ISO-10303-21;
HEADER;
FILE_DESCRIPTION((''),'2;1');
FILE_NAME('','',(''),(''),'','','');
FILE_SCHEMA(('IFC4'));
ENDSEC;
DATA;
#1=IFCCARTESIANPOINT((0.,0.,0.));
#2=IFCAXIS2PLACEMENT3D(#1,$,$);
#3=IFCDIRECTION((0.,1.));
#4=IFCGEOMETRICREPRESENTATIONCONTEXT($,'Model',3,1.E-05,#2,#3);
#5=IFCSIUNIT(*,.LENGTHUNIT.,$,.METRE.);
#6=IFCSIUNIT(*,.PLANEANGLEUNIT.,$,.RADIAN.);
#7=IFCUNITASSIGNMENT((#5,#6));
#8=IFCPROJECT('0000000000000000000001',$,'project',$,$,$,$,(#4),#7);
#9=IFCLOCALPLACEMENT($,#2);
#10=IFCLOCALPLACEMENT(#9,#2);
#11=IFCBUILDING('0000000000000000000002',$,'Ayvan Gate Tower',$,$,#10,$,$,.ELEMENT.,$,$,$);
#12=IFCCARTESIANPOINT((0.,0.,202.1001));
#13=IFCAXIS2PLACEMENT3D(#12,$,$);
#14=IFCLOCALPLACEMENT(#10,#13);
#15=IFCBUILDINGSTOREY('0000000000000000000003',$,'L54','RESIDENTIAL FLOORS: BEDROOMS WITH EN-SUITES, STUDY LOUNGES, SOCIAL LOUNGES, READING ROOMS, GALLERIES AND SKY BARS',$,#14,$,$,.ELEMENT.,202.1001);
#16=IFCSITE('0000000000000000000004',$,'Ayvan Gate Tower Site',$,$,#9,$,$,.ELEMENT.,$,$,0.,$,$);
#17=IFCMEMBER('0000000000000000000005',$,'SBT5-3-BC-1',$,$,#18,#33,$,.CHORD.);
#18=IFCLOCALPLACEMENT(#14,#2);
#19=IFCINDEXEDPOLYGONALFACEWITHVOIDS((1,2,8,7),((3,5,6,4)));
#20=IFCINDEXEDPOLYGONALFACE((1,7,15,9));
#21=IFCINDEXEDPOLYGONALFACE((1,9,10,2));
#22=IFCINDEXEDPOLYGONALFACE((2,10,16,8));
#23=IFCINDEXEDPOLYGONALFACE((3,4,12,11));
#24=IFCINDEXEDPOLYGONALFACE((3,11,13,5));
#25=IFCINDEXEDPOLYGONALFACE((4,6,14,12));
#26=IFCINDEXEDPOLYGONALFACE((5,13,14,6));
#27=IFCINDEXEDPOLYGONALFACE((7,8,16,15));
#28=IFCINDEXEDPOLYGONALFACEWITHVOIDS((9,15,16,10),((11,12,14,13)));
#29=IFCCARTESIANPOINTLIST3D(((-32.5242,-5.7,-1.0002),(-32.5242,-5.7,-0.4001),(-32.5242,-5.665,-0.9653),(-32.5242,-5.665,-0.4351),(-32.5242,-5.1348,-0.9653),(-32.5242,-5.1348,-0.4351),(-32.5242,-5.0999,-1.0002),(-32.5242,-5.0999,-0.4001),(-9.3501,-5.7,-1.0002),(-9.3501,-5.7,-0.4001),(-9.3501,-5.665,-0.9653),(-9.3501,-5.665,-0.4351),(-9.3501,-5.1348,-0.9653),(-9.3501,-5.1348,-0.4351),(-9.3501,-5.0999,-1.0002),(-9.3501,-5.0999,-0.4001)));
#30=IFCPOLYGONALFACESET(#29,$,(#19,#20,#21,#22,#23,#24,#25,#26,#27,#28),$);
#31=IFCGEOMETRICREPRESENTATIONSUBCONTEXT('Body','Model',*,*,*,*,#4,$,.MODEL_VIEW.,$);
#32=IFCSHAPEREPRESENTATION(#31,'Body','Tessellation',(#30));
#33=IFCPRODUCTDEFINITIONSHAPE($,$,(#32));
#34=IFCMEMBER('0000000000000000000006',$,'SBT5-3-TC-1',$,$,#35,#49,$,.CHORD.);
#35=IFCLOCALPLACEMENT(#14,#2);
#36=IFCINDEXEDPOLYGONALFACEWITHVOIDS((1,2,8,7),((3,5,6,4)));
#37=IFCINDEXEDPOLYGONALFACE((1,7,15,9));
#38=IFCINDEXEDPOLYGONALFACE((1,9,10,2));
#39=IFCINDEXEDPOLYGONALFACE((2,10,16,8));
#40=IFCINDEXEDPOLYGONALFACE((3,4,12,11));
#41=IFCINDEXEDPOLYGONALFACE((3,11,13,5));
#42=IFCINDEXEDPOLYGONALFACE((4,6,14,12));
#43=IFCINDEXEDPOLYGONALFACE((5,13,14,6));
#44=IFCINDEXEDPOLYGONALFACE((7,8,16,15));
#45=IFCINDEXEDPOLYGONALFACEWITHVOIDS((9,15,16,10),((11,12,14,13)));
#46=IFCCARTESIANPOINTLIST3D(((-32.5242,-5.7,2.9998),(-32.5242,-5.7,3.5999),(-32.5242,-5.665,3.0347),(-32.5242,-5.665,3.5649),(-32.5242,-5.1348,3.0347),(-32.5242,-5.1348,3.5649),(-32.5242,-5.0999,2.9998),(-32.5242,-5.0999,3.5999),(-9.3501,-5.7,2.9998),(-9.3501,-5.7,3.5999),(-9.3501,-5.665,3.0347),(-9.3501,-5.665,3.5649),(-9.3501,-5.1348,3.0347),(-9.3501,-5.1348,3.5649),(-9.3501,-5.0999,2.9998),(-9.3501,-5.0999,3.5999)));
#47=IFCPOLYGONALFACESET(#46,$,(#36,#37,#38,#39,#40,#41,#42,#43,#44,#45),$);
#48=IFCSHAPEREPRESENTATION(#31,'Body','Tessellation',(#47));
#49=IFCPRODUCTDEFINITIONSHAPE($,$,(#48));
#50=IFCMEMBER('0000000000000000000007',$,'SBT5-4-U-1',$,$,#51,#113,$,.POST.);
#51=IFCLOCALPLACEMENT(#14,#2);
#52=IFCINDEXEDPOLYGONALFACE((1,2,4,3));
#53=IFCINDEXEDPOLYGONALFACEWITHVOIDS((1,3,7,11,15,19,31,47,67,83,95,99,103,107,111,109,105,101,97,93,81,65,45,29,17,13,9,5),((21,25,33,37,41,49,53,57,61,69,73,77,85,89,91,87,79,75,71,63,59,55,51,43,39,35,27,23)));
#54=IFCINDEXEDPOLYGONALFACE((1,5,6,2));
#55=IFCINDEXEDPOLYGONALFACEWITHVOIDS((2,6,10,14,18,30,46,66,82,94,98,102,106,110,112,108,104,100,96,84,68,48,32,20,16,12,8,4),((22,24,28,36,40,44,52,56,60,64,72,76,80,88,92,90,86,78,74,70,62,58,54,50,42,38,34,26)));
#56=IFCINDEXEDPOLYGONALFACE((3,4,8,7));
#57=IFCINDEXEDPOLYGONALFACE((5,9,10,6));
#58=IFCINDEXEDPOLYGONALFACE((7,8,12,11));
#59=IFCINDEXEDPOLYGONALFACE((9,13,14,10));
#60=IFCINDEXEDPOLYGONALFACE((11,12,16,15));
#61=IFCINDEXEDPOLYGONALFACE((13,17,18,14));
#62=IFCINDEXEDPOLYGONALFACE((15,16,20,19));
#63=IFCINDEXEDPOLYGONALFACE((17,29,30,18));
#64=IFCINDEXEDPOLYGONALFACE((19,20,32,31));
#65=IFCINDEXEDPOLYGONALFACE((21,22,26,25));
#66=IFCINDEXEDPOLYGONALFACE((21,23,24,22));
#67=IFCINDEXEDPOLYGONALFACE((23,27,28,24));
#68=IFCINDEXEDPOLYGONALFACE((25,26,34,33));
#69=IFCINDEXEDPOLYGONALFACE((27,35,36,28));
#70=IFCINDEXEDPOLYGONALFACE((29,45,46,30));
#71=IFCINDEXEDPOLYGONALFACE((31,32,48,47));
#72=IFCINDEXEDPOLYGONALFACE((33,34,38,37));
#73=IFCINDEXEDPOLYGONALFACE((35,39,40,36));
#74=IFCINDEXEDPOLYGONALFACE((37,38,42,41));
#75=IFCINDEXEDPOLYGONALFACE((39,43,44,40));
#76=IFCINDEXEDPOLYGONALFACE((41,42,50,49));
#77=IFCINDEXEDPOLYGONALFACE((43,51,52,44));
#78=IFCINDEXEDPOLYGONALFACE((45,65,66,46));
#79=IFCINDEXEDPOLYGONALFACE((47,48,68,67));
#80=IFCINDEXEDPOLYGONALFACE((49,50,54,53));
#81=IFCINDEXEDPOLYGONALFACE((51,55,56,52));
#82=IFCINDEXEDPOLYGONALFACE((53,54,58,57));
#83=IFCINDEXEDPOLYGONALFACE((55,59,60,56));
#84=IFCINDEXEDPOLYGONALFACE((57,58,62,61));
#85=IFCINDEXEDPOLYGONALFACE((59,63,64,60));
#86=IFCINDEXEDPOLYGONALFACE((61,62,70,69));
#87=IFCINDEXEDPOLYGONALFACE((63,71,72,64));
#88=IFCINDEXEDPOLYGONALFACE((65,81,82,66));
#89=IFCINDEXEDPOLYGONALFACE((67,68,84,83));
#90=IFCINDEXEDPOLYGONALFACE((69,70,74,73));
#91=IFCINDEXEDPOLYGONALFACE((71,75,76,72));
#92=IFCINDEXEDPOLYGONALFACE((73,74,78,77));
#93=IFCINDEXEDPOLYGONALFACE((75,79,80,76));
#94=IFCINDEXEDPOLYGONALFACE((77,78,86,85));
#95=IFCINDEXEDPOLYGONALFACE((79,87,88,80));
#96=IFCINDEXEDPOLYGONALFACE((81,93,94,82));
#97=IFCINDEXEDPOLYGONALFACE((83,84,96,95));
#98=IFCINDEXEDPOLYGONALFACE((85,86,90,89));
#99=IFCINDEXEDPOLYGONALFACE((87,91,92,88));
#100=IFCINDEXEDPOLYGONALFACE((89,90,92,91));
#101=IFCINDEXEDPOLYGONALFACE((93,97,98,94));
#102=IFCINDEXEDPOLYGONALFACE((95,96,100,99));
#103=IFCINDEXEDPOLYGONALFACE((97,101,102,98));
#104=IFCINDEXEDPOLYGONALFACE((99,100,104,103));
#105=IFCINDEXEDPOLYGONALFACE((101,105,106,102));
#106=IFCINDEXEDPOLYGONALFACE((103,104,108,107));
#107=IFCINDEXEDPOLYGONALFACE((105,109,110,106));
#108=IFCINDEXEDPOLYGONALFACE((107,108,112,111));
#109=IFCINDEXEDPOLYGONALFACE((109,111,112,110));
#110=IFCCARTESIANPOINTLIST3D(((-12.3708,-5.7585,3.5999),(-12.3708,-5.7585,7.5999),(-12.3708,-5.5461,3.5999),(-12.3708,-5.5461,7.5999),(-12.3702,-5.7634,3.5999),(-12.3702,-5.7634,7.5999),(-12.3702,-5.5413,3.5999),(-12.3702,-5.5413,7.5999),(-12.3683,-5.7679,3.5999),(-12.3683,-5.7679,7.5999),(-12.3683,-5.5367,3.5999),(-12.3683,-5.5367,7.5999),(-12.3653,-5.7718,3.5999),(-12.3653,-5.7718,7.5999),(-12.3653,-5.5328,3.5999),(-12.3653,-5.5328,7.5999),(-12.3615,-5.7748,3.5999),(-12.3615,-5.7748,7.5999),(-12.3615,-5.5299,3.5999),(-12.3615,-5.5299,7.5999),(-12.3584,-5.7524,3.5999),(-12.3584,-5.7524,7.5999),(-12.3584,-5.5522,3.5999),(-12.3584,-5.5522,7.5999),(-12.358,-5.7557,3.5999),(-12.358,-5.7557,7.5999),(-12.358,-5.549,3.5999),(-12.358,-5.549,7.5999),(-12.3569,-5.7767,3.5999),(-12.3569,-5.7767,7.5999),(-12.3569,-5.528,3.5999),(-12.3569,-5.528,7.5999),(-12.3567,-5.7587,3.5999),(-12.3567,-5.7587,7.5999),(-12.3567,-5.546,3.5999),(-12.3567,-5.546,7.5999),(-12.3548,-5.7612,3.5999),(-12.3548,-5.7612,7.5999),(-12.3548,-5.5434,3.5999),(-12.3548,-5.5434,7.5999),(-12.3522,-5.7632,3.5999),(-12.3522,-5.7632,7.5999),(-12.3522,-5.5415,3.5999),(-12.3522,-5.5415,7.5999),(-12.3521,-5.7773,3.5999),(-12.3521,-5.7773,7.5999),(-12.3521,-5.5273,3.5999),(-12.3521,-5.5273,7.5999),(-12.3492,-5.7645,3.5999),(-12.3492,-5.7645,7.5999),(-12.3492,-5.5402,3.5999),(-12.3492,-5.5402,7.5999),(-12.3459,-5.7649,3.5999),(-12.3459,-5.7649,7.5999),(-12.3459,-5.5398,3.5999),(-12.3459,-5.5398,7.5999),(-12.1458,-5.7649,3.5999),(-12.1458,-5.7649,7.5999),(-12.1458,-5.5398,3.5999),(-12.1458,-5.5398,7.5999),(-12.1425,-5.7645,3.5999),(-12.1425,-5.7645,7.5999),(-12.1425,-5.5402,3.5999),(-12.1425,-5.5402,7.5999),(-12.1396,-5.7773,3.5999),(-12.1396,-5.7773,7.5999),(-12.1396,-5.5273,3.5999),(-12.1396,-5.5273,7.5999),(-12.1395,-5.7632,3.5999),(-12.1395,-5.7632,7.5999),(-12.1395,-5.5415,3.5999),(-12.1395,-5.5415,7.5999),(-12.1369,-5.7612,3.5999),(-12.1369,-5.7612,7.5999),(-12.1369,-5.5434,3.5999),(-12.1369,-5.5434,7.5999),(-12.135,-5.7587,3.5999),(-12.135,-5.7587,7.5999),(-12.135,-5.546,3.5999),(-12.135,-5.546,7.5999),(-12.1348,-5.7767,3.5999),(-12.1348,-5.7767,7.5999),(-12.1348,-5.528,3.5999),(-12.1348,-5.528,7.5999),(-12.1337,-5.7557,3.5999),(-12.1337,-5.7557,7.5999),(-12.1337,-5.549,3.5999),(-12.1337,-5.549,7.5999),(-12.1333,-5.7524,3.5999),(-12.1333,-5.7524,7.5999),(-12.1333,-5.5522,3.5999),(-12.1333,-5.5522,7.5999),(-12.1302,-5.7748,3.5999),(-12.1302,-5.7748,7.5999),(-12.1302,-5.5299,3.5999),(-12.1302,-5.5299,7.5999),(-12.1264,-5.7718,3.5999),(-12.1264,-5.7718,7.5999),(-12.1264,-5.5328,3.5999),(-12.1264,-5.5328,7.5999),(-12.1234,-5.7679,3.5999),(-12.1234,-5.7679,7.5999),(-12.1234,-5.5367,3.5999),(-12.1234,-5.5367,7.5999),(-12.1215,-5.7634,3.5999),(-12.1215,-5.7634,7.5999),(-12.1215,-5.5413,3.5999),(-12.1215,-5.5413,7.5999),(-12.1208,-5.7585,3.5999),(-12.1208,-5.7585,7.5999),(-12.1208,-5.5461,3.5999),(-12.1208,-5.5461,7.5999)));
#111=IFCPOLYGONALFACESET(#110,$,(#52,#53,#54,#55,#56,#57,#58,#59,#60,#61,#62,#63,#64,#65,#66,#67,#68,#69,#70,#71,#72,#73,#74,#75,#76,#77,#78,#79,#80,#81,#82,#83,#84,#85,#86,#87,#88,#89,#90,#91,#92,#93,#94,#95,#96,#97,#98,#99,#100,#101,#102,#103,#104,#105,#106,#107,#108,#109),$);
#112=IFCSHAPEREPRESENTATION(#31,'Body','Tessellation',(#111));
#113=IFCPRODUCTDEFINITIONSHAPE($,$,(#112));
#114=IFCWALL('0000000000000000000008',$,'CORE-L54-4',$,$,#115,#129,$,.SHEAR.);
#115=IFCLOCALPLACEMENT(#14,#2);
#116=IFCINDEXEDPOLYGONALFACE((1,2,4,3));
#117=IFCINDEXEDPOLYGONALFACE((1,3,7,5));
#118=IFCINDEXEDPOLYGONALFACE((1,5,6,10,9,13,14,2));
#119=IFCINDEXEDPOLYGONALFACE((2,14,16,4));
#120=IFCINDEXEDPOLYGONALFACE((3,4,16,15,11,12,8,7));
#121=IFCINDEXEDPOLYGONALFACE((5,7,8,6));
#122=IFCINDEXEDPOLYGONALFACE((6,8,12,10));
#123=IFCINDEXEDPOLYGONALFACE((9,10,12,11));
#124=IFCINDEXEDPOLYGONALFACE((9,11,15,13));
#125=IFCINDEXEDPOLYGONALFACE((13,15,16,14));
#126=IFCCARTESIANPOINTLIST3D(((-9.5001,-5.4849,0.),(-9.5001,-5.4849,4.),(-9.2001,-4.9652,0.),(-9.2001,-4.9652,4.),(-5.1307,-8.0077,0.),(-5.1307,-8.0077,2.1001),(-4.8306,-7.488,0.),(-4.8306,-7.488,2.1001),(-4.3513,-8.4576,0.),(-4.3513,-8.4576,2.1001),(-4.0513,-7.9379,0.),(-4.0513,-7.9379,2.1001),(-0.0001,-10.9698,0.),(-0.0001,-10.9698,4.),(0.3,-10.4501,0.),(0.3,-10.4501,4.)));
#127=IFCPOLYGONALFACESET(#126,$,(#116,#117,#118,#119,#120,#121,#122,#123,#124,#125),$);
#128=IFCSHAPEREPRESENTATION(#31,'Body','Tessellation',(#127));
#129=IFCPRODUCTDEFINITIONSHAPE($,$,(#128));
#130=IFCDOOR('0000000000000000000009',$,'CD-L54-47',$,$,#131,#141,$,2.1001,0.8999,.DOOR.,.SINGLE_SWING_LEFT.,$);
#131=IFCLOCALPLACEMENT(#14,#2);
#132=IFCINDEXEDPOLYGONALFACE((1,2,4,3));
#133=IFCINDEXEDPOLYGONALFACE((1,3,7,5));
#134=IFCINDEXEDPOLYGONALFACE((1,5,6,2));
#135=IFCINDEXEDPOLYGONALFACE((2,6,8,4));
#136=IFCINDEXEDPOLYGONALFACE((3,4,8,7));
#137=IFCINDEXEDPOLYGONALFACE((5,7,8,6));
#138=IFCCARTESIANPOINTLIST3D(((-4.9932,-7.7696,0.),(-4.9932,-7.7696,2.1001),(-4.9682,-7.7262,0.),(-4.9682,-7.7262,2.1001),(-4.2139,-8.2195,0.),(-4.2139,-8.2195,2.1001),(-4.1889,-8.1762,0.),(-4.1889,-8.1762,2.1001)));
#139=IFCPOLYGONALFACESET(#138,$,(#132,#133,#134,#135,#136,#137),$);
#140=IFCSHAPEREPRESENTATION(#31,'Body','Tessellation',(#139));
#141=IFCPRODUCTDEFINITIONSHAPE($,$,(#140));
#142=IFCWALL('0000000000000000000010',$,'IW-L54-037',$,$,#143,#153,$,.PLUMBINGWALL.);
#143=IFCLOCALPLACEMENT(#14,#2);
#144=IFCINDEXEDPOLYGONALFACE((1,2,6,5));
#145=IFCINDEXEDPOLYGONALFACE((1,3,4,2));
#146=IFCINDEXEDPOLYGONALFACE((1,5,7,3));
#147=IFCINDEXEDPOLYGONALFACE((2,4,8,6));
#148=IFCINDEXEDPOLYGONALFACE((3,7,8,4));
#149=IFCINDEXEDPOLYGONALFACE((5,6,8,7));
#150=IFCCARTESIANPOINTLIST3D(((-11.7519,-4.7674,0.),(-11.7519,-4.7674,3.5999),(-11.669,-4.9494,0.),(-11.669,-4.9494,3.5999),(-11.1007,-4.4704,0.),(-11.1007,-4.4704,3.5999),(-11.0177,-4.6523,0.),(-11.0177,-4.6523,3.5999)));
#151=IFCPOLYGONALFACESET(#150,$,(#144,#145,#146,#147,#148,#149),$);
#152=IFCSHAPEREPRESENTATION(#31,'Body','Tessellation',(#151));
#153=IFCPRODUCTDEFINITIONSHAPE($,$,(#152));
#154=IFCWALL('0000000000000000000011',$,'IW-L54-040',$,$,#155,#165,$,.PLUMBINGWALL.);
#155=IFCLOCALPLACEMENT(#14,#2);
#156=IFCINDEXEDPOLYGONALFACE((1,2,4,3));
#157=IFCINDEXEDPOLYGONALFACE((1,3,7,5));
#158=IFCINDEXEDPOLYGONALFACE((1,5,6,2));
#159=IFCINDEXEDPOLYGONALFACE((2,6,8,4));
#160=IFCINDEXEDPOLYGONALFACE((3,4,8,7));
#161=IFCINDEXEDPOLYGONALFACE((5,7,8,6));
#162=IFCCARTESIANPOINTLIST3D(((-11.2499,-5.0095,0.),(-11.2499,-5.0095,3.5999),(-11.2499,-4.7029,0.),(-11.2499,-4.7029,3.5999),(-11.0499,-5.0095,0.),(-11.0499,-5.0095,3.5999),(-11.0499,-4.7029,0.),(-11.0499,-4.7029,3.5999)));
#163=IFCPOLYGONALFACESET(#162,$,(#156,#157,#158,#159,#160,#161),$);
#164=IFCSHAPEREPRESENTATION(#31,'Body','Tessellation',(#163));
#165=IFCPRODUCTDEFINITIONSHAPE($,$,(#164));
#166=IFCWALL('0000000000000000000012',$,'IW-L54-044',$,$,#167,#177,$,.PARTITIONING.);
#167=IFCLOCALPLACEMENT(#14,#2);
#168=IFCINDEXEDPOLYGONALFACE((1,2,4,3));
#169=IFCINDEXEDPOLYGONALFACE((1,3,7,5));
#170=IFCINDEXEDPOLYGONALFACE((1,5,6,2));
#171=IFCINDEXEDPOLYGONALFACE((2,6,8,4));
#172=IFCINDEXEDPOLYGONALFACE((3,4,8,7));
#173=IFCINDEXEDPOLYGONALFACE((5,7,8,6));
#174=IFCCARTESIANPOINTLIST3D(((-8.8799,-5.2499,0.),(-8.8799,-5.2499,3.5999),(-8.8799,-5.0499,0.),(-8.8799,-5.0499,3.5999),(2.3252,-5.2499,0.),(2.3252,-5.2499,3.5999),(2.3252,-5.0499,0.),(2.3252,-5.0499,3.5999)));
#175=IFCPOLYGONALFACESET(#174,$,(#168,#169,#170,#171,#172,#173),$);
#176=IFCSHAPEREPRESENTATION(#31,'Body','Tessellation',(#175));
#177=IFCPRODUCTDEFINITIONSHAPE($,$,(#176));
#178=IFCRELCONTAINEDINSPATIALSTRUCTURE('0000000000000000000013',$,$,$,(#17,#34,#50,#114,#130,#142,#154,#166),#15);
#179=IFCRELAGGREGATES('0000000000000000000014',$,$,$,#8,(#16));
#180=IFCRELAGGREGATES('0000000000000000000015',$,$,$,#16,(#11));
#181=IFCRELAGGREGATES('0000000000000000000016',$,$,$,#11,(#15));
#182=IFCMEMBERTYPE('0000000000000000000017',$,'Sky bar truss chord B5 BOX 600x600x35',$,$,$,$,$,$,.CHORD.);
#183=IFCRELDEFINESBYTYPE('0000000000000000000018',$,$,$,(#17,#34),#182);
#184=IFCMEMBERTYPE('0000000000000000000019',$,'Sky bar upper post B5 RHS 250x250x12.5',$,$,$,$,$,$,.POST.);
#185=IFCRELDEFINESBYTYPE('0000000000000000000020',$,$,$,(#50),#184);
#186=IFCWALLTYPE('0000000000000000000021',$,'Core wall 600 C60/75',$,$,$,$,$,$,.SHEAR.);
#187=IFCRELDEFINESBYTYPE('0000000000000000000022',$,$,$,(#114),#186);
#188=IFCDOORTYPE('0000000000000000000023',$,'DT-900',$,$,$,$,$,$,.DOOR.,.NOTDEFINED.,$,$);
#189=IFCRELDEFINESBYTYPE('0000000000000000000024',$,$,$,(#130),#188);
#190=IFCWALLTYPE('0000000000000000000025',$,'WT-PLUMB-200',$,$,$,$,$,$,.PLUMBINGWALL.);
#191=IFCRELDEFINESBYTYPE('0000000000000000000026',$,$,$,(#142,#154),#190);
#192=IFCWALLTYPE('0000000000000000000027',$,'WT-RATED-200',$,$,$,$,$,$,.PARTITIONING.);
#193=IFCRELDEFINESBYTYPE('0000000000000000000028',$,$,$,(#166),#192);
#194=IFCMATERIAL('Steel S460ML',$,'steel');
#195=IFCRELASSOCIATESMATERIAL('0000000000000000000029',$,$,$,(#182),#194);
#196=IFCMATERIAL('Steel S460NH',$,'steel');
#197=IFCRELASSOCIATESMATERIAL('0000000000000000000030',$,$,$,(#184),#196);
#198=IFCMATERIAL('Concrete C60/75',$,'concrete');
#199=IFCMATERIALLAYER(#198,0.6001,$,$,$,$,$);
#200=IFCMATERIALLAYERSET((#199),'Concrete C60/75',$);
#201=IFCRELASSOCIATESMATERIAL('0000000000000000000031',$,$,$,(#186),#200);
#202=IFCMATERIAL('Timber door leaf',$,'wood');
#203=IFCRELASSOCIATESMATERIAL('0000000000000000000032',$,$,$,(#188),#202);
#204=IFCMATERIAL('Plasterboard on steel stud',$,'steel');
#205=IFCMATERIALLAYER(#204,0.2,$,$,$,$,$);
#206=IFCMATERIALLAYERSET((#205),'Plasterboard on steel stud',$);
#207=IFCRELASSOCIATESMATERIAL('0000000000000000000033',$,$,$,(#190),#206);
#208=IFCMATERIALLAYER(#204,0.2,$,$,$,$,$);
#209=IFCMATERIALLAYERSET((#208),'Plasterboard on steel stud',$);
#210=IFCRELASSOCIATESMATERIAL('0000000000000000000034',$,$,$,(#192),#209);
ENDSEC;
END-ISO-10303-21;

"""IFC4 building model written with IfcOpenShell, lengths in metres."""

from ifc_helpers import new_model, si_unit, direction, frame, frame_2d, origin, origin_2d, place, context, subcontext, project, spatial, rectangle, hollow_rectangle, extrude, material, layer, layer_set, material_profile, profile_set, type_object, element, fill, save


model = new_model("IFC4")

# Units and contexts
model_context = context("Model", 3, precision=1e-05, world=origin(), true_north=direction((0.0, 1.0)))
body_context = subcontext(model_context, "Body", "Model", "MODEL_VIEW")
ifc_project = project(units=[si_unit("LENGTHUNIT", "METRE"), si_unit("PLANEANGLEUNIT", "RADIAN")], contexts=[model_context])

# Site, building, storey
site_placement = place(None, origin())
site = spatial("IfcSite", under=ifc_project, at=site_placement, Name="Ayvan Gate Tower Site", CompositionType="ELEMENT", RefElevation=0.0)
building_placement = place(site_placement, origin())
building = spatial("IfcBuilding", under=site, at=building_placement, Name="Ayvan Gate Tower", CompositionType="ELEMENT")
storey_placement = place(building_placement, frame((0.0, 0.0, 202.1001)))
storey = spatial("IfcBuildingStorey", under=building, at=storey_placement, Name="L54", Description="RESIDENTIAL FLOORS: BEDROOMS WITH EN-SUITES, STUDY LOUNGES, SOCIAL LOUNGES, READING ROOMS, GALLERIES AND SKY BARS", CompositionType="ELEMENT", Elevation=202.1001)

# Members
ifc_material_1 = material(Name="Steel S460ML", Category="steel")
ifc_material_profile_1 = material_profile(ifc_material_1, hollow_rectangle(XDim=0.6001, YDim=0.6001, WallThickness=0.0349, at=origin_2d()), Name="BOX 600x600x35")
ifc_profile_set_1 = profile_set([ifc_material_profile_1], Name="Steel S460ML")
member_type_1 = type_object("IfcMemberType", Name="Sky bar truss chord B5 BOX 600x600x35", PredefinedType="CHORD", material=ifc_profile_set_1)
for number, where, z_axis, x_axis, name in (
    (1, (-9.3501, -5.3999, -0.7002), (-1.0, 0.0, 0.0), (0.0, -1.0, 0.0), "SBT5-3-BC-1"),
    (2, (-9.3501, -5.3999, 3.2998), (-1.0, 0.0, 0.0), (0.0, -1.0, 0.0), "SBT5-3-TC-1"),
):
    element("IfcMember", number, at=place(storey_placement, frame(where, z_axis=z_axis, x_axis=x_axis)), inside=storey, type_object=member_type_1, Name=name, PredefinedType="CHORD", context=body_context, shape_type="SweptSolid", body=[
        extrude(hollow_rectangle(XDim=0.6001, YDim=0.6001, WallThickness=0.0349, at=origin_2d()), origin(), (0.0, 0.0, 1.0), 23.1741),
    ])
ifc_material_2 = material(Name="Steel S460NH", Category="steel")
ifc_material_profile_2 = material_profile(ifc_material_2, hollow_rectangle(XDim=0.25, YDim=0.25, WallThickness=0.0125, InnerFilletRadius=0.0125, OuterFilletRadius=0.0188, at=origin_2d()), Name="RHS 250x250x12.5")
ifc_profile_set_2 = profile_set([ifc_material_profile_2], Name="Steel S460NH")
member_type_2 = type_object("IfcMemberType", Name="Sky bar upper post B5 RHS 250x250x12.5", PredefinedType="POST", material=ifc_profile_set_2)
member_placement = place(storey_placement, frame((-12.2458, -5.6523, 3.5999), z_axis=(0.0, 0.0, 1.0), x_axis=(1.0, 0.0, 0.0)))
element("IfcMember", 3, at=member_placement, inside=storey, type_object=member_type_2, Name="SBT5-4-U-1", PredefinedType="POST", context=body_context, shape_type="SweptSolid", body=[
    extrude(hollow_rectangle(XDim=0.25, YDim=0.25, WallThickness=0.0125, InnerFilletRadius=0.0125, OuterFilletRadius=0.0188, at=origin_2d()), origin(), (0.0, 0.0, 1.0), 4.0),
])

# Wall, opening, door
ifc_material_3 = material(Name="Concrete C60/75", Category="concrete")
ifc_layer_1 = layer(ifc_material_3, 0.6001)
ifc_layer_set_1 = layer_set([ifc_layer_1], Name="Concrete C60/75")
wall_type_1 = type_object("IfcWallType", Name="Core wall 600 C60/75", PredefinedType="SHEAR", material=ifc_layer_set_1)
wall_1_placement = place(storey_placement, frame((-9.3501, -5.2251, 0.0), z_axis=(0.0, 0.0, 1.0), x_axis=(0.866024, -0.500002, 0.0)))
wall_1 = element("IfcWall", 4, at=wall_1_placement, inside=storey, type_object=wall_type_1, Name="CORE-L54-4", PredefinedType="SHEAR", context=body_context, shape_type="SweptSolid", body=[
    extrude(rectangle(XDim=10.9697, YDim=0.6001, at=frame_2d((5.4849, 0.0))), origin(), (0.0, 0.0, 1.0), 4.0),
])
opening_1_placement = place(wall_1_placement, frame((5.0454, 0.0, 0.0)))
opening_1 = element("IfcOpeningElement", 5, at=opening_1_placement, cuts=wall_1, PredefinedType="OPENING", context=body_context, shape_type="SweptSolid", body=[
    extrude(rectangle(XDim=0.8999, YDim=2.1001, at=frame_2d((0.45, 1.05))), frame((0.0, 0.3101, 0.0), z_axis=(0.0, -1.0, 0.0), x_axis=(1.0, 0.0, 0.0)), (0.0, 0.0, 1.0), 0.6201),
])
ifc_material_4 = material(Name="Timber door leaf", Category="wood")
door_type_1 = type_object("IfcDoorType", Name="DT-900", OperationType="NOTDEFINED", PredefinedType="DOOR", material=ifc_material_4)
door_1_placement = place(opening_1_placement, origin())
door_1 = element("IfcDoor", 6, at=door_1_placement, inside=storey, type_object=door_type_1, Name="CD-L54-47", OperationType="SINGLE_SWING_LEFT", OverallHeight=2.1001, OverallWidth=0.8999, PredefinedType="DOOR", context=body_context, shape_type="SweptSolid", body=[
    extrude(rectangle(XDim=0.8999, YDim=2.1001, at=frame_2d((0.45, 1.05))), frame((0.0, 0.0249, 0.0), z_axis=(0.0, -1.0, 0.0), x_axis=(1.0, 0.0, 0.0)), (0.0, 0.0, 1.0), 0.05),
])
fill(opening_1, door_1)

# Walls
ifc_material_5 = material(Name="Plasterboard on steel stud", Category="steel")
ifc_layer_2 = layer(ifc_material_5, 0.2)
ifc_layer_set_2 = layer_set([ifc_layer_2], Name="Plasterboard on steel stud")
wall_type_2 = type_object("IfcWallType", Name="WT-PLUMB-200", PredefinedType="PLUMBINGWALL", material=ifc_layer_set_2)
wall_2_placement = place(storey_placement, frame((-11.7104, -4.8584, 0.0), z_axis=(0.0, 0.0, 1.0), x_axis=(0.909817, 0.41501, 0.0)))
element("IfcWall", 7, at=wall_2_placement, inside=storey, type_object=wall_type_2, Name="IW-L54-037", PredefinedType="PLUMBINGWALL", context=body_context, shape_type="SweptSolid", body=[
    extrude(rectangle(XDim=0.7158, YDim=0.2, at=frame_2d((0.3579, 0.0))), origin(), (0.0, 0.0, 1.0), 3.5999),
])
wall_3_placement = place(storey_placement, frame((-11.1499, -5.0095, 0.0), z_axis=(0.0, 0.0, 1.0), x_axis=(0.0, 1.0, 0.0)))
element("IfcWall", 8, at=wall_3_placement, inside=storey, type_object=wall_type_2, Name="IW-L54-040", PredefinedType="PLUMBINGWALL", context=body_context, shape_type="SweptSolid", body=[
    extrude(rectangle(XDim=0.3066, YDim=0.2, at=frame_2d((0.1533, 0.0))), origin(), (0.0, 0.0, 1.0), 3.5999),
])
ifc_layer_3 = layer(ifc_material_5, 0.2)
ifc_layer_set_3 = layer_set([ifc_layer_3], Name="Plasterboard on steel stud")
wall_type_3 = type_object("IfcWallType", Name="WT-RATED-200", PredefinedType="PARTITIONING", material=ifc_layer_set_3)
wall_4_placement = place(storey_placement, frame((-8.8799, -5.1499, 0.0), z_axis=(0.0, 0.0, 1.0), x_axis=(1.0, 0.0, 0.0)))
element("IfcWall", 9, at=wall_4_placement, inside=storey, type_object=wall_type_3, Name="IW-L54-044", PredefinedType="PARTITIONING", context=body_context, shape_type="SweptSolid", body=[
    extrude(rectangle(XDim=11.2051, YDim=0.2, at=frame_2d((5.6025, 0.0))), origin(), (0.0, 0.0, 1.0), 3.5999),
])

save(model, "model.ifc")
